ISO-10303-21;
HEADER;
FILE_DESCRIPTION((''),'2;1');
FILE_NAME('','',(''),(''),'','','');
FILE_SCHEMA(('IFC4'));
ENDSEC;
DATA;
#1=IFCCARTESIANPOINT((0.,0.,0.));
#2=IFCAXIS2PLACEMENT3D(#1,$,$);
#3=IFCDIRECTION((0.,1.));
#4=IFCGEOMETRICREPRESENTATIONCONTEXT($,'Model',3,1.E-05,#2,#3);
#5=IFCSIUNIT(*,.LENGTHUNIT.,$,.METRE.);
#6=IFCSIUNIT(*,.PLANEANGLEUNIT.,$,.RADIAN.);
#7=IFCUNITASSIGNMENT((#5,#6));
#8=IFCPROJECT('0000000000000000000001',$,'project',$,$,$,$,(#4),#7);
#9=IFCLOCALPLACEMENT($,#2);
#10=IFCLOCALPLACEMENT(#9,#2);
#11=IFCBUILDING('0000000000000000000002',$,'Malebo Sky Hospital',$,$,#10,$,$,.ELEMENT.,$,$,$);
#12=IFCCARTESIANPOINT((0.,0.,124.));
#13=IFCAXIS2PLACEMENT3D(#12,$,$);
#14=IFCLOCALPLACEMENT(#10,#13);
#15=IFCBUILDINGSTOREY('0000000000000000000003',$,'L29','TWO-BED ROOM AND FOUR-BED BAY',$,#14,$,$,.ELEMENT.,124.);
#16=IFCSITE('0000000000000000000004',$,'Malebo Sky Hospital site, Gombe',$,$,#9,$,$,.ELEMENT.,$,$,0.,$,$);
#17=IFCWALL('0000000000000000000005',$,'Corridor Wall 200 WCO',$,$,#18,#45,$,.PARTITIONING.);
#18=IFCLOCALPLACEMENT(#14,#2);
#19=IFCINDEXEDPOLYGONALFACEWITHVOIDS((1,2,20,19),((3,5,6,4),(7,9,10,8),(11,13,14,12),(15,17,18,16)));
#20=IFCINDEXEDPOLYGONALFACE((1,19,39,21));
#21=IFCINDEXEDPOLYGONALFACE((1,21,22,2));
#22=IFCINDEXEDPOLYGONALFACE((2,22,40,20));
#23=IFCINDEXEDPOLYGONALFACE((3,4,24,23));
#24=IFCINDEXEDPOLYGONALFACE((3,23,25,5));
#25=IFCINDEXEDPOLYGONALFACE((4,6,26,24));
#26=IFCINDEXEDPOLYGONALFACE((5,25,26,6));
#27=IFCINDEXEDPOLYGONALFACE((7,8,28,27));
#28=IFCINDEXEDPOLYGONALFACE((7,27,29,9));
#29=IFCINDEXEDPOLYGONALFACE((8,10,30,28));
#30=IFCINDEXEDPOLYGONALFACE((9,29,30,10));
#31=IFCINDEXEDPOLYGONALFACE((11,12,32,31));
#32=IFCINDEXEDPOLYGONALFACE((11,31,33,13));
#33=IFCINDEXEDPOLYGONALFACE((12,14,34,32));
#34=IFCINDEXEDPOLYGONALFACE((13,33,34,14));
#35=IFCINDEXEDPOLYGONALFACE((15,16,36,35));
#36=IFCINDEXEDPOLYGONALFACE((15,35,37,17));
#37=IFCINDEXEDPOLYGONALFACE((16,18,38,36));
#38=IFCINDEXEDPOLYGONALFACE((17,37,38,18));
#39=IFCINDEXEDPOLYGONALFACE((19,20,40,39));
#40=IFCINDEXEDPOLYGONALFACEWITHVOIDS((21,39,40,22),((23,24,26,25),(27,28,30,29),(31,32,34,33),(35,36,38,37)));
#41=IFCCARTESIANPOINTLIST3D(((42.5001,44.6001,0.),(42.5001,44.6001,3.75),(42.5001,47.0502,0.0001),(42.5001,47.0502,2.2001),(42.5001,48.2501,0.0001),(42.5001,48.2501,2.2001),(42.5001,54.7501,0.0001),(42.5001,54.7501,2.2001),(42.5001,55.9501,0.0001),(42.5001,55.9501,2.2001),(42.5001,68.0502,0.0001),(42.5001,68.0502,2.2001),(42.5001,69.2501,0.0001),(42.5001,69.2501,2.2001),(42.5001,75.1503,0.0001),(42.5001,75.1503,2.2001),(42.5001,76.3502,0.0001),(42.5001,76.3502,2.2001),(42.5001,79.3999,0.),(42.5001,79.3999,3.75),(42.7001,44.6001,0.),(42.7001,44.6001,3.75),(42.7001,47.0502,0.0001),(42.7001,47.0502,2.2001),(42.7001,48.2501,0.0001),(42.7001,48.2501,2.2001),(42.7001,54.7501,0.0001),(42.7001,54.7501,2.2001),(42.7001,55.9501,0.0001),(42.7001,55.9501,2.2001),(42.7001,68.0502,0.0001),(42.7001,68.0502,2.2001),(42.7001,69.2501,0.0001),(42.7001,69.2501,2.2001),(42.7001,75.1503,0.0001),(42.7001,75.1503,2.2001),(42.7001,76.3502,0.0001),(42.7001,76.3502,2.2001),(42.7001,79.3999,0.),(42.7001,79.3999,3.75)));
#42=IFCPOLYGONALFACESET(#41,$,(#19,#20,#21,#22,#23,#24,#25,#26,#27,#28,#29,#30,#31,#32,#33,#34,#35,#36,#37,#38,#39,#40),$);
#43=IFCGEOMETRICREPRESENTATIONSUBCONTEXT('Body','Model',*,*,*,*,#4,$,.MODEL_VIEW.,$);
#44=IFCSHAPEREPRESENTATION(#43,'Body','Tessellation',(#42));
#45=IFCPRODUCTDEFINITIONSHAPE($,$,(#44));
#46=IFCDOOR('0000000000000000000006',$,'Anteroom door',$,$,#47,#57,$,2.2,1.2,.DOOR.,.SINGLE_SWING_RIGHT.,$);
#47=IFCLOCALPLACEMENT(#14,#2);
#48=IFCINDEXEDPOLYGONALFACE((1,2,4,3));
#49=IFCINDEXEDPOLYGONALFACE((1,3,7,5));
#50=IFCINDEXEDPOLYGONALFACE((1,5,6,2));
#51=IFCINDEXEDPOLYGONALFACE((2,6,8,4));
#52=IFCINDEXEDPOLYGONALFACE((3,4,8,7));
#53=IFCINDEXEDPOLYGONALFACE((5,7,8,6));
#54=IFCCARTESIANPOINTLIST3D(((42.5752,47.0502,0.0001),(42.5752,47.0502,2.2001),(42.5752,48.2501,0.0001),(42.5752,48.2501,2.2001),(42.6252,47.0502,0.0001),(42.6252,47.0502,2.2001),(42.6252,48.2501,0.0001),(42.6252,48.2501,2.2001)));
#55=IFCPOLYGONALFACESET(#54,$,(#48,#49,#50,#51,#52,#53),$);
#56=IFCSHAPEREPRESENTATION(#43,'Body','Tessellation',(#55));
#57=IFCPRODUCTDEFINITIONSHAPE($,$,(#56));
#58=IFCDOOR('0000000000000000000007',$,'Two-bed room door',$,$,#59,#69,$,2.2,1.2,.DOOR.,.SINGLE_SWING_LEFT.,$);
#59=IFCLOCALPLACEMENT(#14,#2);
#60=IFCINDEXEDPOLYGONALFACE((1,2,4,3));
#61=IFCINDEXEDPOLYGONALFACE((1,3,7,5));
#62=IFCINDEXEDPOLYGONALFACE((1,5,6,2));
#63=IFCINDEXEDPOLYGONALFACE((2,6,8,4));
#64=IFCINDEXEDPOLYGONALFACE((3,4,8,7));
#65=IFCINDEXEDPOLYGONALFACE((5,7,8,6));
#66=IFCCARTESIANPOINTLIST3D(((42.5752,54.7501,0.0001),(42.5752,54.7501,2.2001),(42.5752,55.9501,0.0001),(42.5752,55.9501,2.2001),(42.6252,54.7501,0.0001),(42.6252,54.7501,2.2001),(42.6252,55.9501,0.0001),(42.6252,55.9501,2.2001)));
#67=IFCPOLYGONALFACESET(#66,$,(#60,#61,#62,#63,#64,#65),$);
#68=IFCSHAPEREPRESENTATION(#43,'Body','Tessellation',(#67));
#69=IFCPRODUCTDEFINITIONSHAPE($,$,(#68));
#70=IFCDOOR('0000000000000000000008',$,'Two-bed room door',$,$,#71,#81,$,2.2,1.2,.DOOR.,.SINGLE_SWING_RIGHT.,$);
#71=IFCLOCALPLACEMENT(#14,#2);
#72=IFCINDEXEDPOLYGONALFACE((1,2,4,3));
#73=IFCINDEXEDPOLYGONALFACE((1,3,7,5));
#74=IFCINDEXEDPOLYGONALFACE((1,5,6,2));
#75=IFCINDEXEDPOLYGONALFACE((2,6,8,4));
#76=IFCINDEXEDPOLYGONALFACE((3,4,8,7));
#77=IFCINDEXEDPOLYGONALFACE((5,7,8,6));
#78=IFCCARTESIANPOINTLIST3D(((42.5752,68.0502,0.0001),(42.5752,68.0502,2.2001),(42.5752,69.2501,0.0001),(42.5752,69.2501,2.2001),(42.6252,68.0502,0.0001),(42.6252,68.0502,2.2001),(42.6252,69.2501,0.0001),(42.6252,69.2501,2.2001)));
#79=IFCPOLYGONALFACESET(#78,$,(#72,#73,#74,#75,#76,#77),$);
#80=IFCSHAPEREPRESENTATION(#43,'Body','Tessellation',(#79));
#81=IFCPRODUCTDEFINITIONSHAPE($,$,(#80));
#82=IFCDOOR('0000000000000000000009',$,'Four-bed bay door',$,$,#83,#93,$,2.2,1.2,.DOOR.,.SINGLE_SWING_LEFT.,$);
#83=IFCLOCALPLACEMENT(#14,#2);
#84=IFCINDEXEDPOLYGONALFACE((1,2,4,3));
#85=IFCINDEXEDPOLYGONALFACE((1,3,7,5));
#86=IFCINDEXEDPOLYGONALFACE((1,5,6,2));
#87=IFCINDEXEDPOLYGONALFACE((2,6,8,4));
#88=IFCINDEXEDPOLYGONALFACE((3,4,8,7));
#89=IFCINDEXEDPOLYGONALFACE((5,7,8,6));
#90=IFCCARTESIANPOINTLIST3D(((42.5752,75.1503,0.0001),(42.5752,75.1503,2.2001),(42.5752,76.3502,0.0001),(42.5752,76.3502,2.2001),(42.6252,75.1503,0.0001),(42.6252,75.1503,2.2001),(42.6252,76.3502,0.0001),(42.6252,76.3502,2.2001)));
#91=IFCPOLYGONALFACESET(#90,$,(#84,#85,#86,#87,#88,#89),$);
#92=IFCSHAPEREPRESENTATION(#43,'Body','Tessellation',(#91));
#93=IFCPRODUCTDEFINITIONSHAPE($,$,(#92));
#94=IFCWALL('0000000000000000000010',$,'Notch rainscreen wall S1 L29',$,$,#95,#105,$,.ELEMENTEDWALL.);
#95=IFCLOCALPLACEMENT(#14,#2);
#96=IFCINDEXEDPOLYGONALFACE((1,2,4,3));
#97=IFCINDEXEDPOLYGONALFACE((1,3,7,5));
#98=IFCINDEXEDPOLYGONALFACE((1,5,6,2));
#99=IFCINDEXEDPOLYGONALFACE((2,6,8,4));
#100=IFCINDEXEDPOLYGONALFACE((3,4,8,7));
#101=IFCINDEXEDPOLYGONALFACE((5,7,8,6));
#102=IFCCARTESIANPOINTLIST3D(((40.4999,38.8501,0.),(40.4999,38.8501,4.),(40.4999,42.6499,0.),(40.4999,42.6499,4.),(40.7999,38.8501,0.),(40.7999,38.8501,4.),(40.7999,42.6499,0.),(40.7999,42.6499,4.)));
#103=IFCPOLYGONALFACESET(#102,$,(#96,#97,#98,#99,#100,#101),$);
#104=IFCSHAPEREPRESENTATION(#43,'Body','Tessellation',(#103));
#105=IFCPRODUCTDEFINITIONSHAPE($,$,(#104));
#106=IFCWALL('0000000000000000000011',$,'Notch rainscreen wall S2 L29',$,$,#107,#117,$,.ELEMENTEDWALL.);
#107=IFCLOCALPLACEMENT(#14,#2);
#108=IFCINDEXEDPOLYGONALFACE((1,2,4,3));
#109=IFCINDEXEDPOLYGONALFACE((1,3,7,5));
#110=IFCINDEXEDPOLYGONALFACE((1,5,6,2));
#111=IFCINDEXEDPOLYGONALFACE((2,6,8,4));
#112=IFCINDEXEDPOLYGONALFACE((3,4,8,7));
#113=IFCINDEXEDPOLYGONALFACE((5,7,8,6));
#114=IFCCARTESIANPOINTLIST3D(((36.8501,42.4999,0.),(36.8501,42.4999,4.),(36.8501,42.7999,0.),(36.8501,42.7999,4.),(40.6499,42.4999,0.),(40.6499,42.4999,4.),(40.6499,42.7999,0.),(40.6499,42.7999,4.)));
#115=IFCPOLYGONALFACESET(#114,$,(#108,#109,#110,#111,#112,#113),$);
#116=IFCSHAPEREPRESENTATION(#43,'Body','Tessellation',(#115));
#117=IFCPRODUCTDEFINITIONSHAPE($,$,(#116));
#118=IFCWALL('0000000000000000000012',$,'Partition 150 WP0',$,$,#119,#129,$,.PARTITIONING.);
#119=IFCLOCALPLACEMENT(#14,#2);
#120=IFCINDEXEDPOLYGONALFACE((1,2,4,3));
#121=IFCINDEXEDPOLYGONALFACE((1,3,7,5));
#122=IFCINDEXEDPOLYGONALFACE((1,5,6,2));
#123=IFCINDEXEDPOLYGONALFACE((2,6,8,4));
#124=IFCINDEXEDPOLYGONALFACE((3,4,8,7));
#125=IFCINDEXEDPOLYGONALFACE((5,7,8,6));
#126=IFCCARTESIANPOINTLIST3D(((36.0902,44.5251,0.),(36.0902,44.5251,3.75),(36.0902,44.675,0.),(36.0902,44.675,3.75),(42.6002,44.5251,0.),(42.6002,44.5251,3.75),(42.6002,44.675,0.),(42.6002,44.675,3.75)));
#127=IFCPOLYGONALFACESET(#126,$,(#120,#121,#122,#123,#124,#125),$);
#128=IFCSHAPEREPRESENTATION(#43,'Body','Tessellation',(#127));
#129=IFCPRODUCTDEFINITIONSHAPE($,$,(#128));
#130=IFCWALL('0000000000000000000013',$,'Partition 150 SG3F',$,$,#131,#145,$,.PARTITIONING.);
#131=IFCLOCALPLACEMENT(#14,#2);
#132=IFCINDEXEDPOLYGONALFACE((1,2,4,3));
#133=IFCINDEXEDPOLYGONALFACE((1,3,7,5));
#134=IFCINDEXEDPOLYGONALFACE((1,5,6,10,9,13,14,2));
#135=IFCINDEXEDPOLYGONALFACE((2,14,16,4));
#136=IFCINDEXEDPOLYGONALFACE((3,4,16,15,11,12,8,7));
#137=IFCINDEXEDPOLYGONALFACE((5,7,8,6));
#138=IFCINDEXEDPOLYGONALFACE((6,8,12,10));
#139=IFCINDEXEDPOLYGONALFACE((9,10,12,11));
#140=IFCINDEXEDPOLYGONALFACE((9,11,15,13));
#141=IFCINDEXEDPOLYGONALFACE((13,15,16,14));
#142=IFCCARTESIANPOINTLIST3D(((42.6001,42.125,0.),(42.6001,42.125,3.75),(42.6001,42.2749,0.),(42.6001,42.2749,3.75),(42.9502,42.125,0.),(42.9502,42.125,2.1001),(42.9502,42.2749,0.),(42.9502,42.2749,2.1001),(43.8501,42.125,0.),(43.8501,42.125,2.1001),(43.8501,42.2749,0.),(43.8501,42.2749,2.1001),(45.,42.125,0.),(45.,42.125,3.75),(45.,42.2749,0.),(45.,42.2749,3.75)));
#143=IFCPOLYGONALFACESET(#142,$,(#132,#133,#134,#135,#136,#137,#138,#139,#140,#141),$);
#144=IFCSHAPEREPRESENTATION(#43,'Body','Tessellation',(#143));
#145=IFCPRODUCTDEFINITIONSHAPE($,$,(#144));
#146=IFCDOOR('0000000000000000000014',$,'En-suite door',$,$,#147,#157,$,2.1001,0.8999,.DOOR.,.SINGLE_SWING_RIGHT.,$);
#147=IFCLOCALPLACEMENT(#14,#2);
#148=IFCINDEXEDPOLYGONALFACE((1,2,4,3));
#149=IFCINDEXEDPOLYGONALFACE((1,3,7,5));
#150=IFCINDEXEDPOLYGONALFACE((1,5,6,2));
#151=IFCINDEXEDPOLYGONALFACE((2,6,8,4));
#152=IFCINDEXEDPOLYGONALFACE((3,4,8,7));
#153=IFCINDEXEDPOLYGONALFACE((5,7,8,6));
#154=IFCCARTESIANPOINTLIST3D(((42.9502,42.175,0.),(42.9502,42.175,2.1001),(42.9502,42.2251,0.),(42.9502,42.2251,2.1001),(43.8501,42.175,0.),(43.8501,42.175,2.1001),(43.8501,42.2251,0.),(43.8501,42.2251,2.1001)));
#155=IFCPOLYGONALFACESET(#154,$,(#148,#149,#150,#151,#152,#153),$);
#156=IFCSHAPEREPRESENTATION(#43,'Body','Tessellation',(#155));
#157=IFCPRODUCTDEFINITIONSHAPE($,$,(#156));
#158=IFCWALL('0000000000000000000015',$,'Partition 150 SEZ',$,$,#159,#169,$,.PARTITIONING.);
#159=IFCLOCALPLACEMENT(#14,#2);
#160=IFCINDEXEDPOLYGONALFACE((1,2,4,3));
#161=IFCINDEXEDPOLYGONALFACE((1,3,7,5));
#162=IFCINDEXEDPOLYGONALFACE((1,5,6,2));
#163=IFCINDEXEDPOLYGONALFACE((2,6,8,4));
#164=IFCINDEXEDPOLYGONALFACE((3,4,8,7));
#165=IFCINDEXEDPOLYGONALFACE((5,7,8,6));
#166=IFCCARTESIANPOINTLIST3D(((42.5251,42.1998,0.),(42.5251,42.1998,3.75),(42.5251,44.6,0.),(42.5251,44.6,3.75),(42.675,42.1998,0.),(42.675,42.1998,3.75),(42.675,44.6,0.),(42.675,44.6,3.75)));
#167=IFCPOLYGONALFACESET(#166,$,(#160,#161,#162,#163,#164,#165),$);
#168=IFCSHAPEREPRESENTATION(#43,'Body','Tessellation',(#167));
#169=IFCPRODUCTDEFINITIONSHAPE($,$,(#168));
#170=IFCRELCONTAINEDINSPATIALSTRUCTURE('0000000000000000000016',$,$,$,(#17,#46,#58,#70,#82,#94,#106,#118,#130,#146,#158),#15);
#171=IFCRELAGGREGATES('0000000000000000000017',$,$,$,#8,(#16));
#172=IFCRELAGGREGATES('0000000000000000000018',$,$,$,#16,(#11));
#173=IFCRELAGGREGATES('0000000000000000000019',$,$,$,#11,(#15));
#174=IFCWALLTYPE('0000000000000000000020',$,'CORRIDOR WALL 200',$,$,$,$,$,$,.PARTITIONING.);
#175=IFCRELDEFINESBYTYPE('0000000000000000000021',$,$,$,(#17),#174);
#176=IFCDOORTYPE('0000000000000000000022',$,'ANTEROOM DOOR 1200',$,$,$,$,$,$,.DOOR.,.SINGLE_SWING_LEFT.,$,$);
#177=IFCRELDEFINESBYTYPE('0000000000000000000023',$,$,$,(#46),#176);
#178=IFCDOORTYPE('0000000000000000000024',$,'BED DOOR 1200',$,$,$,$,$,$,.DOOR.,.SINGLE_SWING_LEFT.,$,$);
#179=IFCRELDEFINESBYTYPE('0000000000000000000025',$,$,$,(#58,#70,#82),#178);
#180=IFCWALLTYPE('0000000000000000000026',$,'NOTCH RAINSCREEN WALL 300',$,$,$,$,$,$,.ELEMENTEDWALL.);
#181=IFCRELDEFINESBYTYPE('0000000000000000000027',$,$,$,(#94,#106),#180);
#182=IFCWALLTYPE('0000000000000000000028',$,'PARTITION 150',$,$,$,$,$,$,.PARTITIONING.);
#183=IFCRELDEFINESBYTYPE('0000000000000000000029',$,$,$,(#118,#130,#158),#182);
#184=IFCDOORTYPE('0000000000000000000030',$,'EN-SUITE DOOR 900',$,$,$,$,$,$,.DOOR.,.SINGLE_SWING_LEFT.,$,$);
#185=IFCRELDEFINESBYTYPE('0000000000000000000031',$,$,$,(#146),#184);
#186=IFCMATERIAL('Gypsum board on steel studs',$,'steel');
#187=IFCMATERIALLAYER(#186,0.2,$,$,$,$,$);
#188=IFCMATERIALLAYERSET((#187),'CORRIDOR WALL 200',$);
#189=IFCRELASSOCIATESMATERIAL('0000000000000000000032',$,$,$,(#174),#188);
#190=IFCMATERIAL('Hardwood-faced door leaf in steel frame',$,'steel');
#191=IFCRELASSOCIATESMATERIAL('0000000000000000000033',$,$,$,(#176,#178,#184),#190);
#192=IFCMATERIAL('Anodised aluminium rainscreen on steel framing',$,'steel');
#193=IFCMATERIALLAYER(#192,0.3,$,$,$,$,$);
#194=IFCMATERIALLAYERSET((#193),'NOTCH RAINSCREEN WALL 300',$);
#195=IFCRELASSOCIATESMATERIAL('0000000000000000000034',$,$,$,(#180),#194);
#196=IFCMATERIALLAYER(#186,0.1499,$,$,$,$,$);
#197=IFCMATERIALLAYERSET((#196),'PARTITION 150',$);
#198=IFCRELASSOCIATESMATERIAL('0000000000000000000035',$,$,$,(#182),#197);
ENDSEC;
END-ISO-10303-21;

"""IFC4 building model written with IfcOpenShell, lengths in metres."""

from ifc_helpers import new_model, si_unit, direction, frame, frame_2d, origin, place, context, subcontext, project, spatial, rectangle, extrude, material, layer, layer_set, type_object, element, fill, save


model = new_model("IFC4")

# Units and contexts
model_context = context("Model", 3, precision=1e-05, world=origin(), true_north=direction((0.0, 1.0)))
body_context = subcontext(model_context, "Body", "Model", "MODEL_VIEW")
ifc_project = project(units=[si_unit("LENGTHUNIT", "METRE"), si_unit("PLANEANGLEUNIT", "RADIAN")], contexts=[model_context])

# Site, building, storey
site_placement = place(None, origin())
site = spatial("IfcSite", under=ifc_project, at=site_placement, Name="Malebo Sky Hospital site, Gombe", CompositionType="ELEMENT", RefElevation=0.0)
building_placement = place(site_placement, origin())
building = spatial("IfcBuilding", under=site, at=building_placement, Name="Malebo Sky Hospital", CompositionType="ELEMENT")
storey_placement = place(building_placement, frame((0.0, 0.0, 124.0)))
storey = spatial("IfcBuildingStorey", under=building, at=storey_placement, Name="L29", Description="TWO-BED ROOM AND FOUR-BED BAY", CompositionType="ELEMENT", Elevation=124.0)

# Wall, openings, doors
ifc_material_1 = material(Name="Gypsum board on steel studs", Category="steel")
ifc_layer_1 = layer(ifc_material_1, 0.2)
ifc_layer_set_1 = layer_set([ifc_layer_1], Name="CORRIDOR WALL 200")
wall_type_1 = type_object("IfcWallType", Name="CORRIDOR WALL 200", PredefinedType="PARTITIONING", material=ifc_layer_set_1)
wall_1_placement = place(storey_placement, frame((42.6001, 44.6001, 0.0), z_axis=(0.0, 0.0, 1.0), x_axis=(0.0, 1.0, 0.0)))
wall_1 = element("IfcWall", 1, at=wall_1_placement, inside=storey, type_object=wall_type_1, Name="Corridor Wall 200 WCO", PredefinedType="PARTITIONING", context=body_context, shape_type="SweptSolid", body=[
    extrude(rectangle(XDim=34.7998, YDim=0.2, at=frame_2d((17.3999, 0.0))), origin(), (0.0, 0.0, 1.0), 3.75),
])
opening_1_placement = place(wall_1_placement, frame((2.45, 0.0, 0.0)))
opening_1 = element("IfcOpeningElement", 2, at=opening_1_placement, cuts=wall_1, PredefinedType="OPENING", context=body_context, shape_type="SweptSolid", body=[
    extrude(rectangle(XDim=1.2, YDim=2.2, at=frame_2d((0.6001, 1.1001))), frame((0.0, 0.1099, 0.0), z_axis=(0.0, -1.0, 0.0), x_axis=(1.0, 0.0, 0.0)), (0.0, 0.0, 1.0), 0.22),
])
opening_2_placement = place(wall_1_placement, frame((10.1499, 0.0, 0.0)))
opening_2 = element("IfcOpeningElement", 3, at=opening_2_placement, cuts=wall_1, PredefinedType="OPENING", context=body_context, shape_type="SweptSolid", body=[
    extrude(rectangle(XDim=1.2, YDim=2.2, at=frame_2d((0.6001, 1.1001))), frame((0.0, 0.1099, 0.0), z_axis=(0.0, -1.0, 0.0), x_axis=(1.0, 0.0, 0.0)), (0.0, 0.0, 1.0), 0.22),
])
opening_3_placement = place(wall_1_placement, frame((23.45, 0.0, 0.0)))
opening_3 = element("IfcOpeningElement", 4, at=opening_3_placement, cuts=wall_1, PredefinedType="OPENING", context=body_context, shape_type="SweptSolid", body=[
    extrude(rectangle(XDim=1.2, YDim=2.2, at=frame_2d((0.6001, 1.1001))), frame((0.0, 0.1099, 0.0), z_axis=(0.0, -1.0, 0.0), x_axis=(1.0, 0.0, 0.0)), (0.0, 0.0, 1.0), 0.22),
])
opening_4_placement = place(wall_1_placement, frame((30.55, 0.0, 0.0)))
opening_4 = element("IfcOpeningElement", 5, at=opening_4_placement, cuts=wall_1, PredefinedType="OPENING", context=body_context, shape_type="SweptSolid", body=[
    extrude(rectangle(XDim=1.2, YDim=2.2, at=frame_2d((0.6001, 1.1001))), frame((0.0, 0.1099, 0.0), z_axis=(0.0, -1.0, 0.0), x_axis=(1.0, 0.0, 0.0)), (0.0, 0.0, 1.0), 0.22),
])
ifc_material_2 = material(Name="Hardwood-faced door leaf in steel frame", Category="steel")
door_type_1 = type_object("IfcDoorType", Name="ANTEROOM DOOR 1200", OperationType="SINGLE_SWING_LEFT", PredefinedType="DOOR", material=ifc_material_2)
door_1_placement = place(opening_1_placement, origin())
door_1 = element("IfcDoor", 6, at=door_1_placement, inside=storey, type_object=door_type_1, Name="Anteroom door", OperationType="SINGLE_SWING_RIGHT", OverallHeight=2.2, OverallWidth=1.2, PredefinedType="DOOR", context=body_context, shape_type="SweptSolid", body=[
    extrude(rectangle(XDim=1.2, YDim=2.2, at=frame_2d((0.6001, 1.1001))), frame((0.0, 0.0249, 0.0), z_axis=(0.0, -1.0, 0.0), x_axis=(1.0, 0.0, 0.0)), (0.0, 0.0, 1.0), 0.05),
])
fill(opening_1, door_1)
door_type_2 = type_object("IfcDoorType", Name="BED DOOR 1200", OperationType="SINGLE_SWING_LEFT", PredefinedType="DOOR", material=ifc_material_2)
door_2_placement = place(opening_2_placement, origin())
door_2 = element("IfcDoor", 7, at=door_2_placement, inside=storey, type_object=door_type_2, Name="Two-bed room door", OperationType="SINGLE_SWING_LEFT", OverallHeight=2.2, OverallWidth=1.2, PredefinedType="DOOR", context=body_context, shape_type="SweptSolid", body=[
    extrude(rectangle(XDim=1.2, YDim=2.2, at=frame_2d((0.6001, 1.1001))), frame((0.0, 0.0249, 0.0), z_axis=(0.0, -1.0, 0.0), x_axis=(1.0, 0.0, 0.0)), (0.0, 0.0, 1.0), 0.05),
])
fill(opening_2, door_2)
door_3_placement = place(opening_3_placement, origin())
door_3 = element("IfcDoor", 8, at=door_3_placement, inside=storey, type_object=door_type_2, Name="Two-bed room door", OperationType="SINGLE_SWING_RIGHT", OverallHeight=2.2, OverallWidth=1.2, PredefinedType="DOOR", context=body_context, shape_type="SweptSolid", body=[
    extrude(rectangle(XDim=1.2, YDim=2.2, at=frame_2d((0.6001, 1.1001))), frame((0.0, 0.0249, 0.0), z_axis=(0.0, -1.0, 0.0), x_axis=(1.0, 0.0, 0.0)), (0.0, 0.0, 1.0), 0.05),
])
fill(opening_3, door_3)
door_4_placement = place(opening_4_placement, origin())
door_4 = element("IfcDoor", 9, at=door_4_placement, inside=storey, type_object=door_type_2, Name="Four-bed bay door", OperationType="SINGLE_SWING_LEFT", OverallHeight=2.2, OverallWidth=1.2, PredefinedType="DOOR", context=body_context, shape_type="SweptSolid", body=[
    extrude(rectangle(XDim=1.2, YDim=2.2, at=frame_2d((0.6001, 1.1001))), frame((0.0, 0.0249, 0.0), z_axis=(0.0, -1.0, 0.0), x_axis=(1.0, 0.0, 0.0)), (0.0, 0.0, 1.0), 0.05),
])
fill(opening_4, door_4)

# Walls
ifc_material_3 = material(Name="Anodised aluminium rainscreen on steel framing", Category="steel")
ifc_layer_2 = layer(ifc_material_3, 0.3)
ifc_layer_set_2 = layer_set([ifc_layer_2], Name="NOTCH RAINSCREEN WALL 300")
wall_type_2 = type_object("IfcWallType", Name="NOTCH RAINSCREEN WALL 300", PredefinedType="ELEMENTEDWALL", material=ifc_layer_set_2)
for number, where, z_axis, x_axis, name in (
    (10, (40.6499, 38.8501, 0.0), (0.0, 0.0, 1.0), (0.0, 1.0, 0.0), "Notch rainscreen wall S1 L29"),
    (11, (40.6499, 42.6499, 0.0), (0.0, 0.0, 1.0), (-1.0, 0.0, 0.0), "Notch rainscreen wall S2 L29"),
):
    element("IfcWall", number, at=place(storey_placement, frame(where, z_axis=z_axis, x_axis=x_axis)), inside=storey, type_object=wall_type_2, Name=name, PredefinedType="ELEMENTEDWALL", context=body_context, shape_type="SweptSolid", body=[
        extrude(rectangle(XDim=3.7998, YDim=0.3, at=frame_2d((1.8999, 0.0))), origin(), (0.0, 0.0, 1.0), 4.0),
    ])
ifc_layer_3 = layer(ifc_material_1, 0.1499)
ifc_layer_set_3 = layer_set([ifc_layer_3], Name="PARTITION 150")
wall_type_3 = type_object("IfcWallType", Name="PARTITION 150", PredefinedType="PARTITIONING", material=ifc_layer_set_3)
wall_2_placement = place(storey_placement, frame((42.6001, 44.6001, 0.0), z_axis=(0.0, 0.0, 1.0), x_axis=(-1.0, 0.0, 0.0)))
element("IfcWall", 12, at=wall_2_placement, inside=storey, type_object=wall_type_3, Name="Partition 150 WP0", PredefinedType="PARTITIONING", context=body_context, shape_type="SweptSolid", body=[
    extrude(rectangle(XDim=6.51, YDim=0.1499, at=frame_2d((3.2549, 0.0))), origin(), (0.0, 0.0, 1.0), 3.75),
])

# Wall, opening, door
wall_3_placement = place(storey_placement, frame((45.0, 42.2, 0.0), z_axis=(0.0, 0.0, 1.0), x_axis=(-1.0, 0.0, 0.0)))
wall_3 = element("IfcWall", 13, at=wall_3_placement, inside=storey, type_object=wall_type_3, Name="Partition 150 SG3F", PredefinedType="PARTITIONING", context=body_context, shape_type="SweptSolid", body=[
    extrude(rectangle(XDim=2.3999, YDim=0.1499, at=frame_2d((1.2, 0.0))), origin(), (0.0, 0.0, 1.0), 3.75),
])
opening_5_placement = place(wall_3_placement, frame((1.1499, 0.0, 0.0)))
opening_5 = element("IfcOpeningElement", 14, at=opening_5_placement, cuts=wall_3, PredefinedType="OPENING", context=body_context, shape_type="SweptSolid", body=[
    extrude(rectangle(XDim=0.8999, YDim=2.1001, at=frame_2d((0.45, 1.05))), frame((0.0, 0.085, 0.0), z_axis=(0.0, -1.0, 0.0), x_axis=(1.0, 0.0, 0.0)), (0.0, 0.0, 1.0), 0.1699),
])
door_type_3 = type_object("IfcDoorType", Name="EN-SUITE DOOR 900", OperationType="SINGLE_SWING_LEFT", PredefinedType="DOOR", material=ifc_material_2)
door_5_placement = place(opening_5_placement, origin())
door_5 = element("IfcDoor", 15, at=door_5_placement, inside=storey, type_object=door_type_3, Name="En-suite door", OperationType="SINGLE_SWING_RIGHT", OverallHeight=2.1001, OverallWidth=0.8999, PredefinedType="DOOR", context=body_context, shape_type="SweptSolid", body=[
    extrude(rectangle(XDim=0.8999, YDim=2.1001, at=frame_2d((0.45, 1.05))), frame((0.0, 0.0249, 0.0), z_axis=(0.0, -1.0, 0.0), x_axis=(1.0, 0.0, 0.0)), (0.0, 0.0, 1.0), 0.05),
])
fill(opening_5, door_5)

# Wall
wall_4_placement = place(storey_placement, frame((42.6001, 44.6001, 0.0), z_axis=(0.0, 0.0, 1.0), x_axis=(0.0, -1.0, 0.0)))
element("IfcWall", 16, at=wall_4_placement, inside=storey, type_object=wall_type_3, Name="Partition 150 SEZ", PredefinedType="PARTITIONING", context=body_context, shape_type="SweptSolid", body=[
    extrude(rectangle(XDim=2.4001, YDim=0.1499, at=frame_2d((1.2002, 0.0))), origin(), (0.0, 0.0, 1.0), 3.75),
])

save(model, "model.ifc")
